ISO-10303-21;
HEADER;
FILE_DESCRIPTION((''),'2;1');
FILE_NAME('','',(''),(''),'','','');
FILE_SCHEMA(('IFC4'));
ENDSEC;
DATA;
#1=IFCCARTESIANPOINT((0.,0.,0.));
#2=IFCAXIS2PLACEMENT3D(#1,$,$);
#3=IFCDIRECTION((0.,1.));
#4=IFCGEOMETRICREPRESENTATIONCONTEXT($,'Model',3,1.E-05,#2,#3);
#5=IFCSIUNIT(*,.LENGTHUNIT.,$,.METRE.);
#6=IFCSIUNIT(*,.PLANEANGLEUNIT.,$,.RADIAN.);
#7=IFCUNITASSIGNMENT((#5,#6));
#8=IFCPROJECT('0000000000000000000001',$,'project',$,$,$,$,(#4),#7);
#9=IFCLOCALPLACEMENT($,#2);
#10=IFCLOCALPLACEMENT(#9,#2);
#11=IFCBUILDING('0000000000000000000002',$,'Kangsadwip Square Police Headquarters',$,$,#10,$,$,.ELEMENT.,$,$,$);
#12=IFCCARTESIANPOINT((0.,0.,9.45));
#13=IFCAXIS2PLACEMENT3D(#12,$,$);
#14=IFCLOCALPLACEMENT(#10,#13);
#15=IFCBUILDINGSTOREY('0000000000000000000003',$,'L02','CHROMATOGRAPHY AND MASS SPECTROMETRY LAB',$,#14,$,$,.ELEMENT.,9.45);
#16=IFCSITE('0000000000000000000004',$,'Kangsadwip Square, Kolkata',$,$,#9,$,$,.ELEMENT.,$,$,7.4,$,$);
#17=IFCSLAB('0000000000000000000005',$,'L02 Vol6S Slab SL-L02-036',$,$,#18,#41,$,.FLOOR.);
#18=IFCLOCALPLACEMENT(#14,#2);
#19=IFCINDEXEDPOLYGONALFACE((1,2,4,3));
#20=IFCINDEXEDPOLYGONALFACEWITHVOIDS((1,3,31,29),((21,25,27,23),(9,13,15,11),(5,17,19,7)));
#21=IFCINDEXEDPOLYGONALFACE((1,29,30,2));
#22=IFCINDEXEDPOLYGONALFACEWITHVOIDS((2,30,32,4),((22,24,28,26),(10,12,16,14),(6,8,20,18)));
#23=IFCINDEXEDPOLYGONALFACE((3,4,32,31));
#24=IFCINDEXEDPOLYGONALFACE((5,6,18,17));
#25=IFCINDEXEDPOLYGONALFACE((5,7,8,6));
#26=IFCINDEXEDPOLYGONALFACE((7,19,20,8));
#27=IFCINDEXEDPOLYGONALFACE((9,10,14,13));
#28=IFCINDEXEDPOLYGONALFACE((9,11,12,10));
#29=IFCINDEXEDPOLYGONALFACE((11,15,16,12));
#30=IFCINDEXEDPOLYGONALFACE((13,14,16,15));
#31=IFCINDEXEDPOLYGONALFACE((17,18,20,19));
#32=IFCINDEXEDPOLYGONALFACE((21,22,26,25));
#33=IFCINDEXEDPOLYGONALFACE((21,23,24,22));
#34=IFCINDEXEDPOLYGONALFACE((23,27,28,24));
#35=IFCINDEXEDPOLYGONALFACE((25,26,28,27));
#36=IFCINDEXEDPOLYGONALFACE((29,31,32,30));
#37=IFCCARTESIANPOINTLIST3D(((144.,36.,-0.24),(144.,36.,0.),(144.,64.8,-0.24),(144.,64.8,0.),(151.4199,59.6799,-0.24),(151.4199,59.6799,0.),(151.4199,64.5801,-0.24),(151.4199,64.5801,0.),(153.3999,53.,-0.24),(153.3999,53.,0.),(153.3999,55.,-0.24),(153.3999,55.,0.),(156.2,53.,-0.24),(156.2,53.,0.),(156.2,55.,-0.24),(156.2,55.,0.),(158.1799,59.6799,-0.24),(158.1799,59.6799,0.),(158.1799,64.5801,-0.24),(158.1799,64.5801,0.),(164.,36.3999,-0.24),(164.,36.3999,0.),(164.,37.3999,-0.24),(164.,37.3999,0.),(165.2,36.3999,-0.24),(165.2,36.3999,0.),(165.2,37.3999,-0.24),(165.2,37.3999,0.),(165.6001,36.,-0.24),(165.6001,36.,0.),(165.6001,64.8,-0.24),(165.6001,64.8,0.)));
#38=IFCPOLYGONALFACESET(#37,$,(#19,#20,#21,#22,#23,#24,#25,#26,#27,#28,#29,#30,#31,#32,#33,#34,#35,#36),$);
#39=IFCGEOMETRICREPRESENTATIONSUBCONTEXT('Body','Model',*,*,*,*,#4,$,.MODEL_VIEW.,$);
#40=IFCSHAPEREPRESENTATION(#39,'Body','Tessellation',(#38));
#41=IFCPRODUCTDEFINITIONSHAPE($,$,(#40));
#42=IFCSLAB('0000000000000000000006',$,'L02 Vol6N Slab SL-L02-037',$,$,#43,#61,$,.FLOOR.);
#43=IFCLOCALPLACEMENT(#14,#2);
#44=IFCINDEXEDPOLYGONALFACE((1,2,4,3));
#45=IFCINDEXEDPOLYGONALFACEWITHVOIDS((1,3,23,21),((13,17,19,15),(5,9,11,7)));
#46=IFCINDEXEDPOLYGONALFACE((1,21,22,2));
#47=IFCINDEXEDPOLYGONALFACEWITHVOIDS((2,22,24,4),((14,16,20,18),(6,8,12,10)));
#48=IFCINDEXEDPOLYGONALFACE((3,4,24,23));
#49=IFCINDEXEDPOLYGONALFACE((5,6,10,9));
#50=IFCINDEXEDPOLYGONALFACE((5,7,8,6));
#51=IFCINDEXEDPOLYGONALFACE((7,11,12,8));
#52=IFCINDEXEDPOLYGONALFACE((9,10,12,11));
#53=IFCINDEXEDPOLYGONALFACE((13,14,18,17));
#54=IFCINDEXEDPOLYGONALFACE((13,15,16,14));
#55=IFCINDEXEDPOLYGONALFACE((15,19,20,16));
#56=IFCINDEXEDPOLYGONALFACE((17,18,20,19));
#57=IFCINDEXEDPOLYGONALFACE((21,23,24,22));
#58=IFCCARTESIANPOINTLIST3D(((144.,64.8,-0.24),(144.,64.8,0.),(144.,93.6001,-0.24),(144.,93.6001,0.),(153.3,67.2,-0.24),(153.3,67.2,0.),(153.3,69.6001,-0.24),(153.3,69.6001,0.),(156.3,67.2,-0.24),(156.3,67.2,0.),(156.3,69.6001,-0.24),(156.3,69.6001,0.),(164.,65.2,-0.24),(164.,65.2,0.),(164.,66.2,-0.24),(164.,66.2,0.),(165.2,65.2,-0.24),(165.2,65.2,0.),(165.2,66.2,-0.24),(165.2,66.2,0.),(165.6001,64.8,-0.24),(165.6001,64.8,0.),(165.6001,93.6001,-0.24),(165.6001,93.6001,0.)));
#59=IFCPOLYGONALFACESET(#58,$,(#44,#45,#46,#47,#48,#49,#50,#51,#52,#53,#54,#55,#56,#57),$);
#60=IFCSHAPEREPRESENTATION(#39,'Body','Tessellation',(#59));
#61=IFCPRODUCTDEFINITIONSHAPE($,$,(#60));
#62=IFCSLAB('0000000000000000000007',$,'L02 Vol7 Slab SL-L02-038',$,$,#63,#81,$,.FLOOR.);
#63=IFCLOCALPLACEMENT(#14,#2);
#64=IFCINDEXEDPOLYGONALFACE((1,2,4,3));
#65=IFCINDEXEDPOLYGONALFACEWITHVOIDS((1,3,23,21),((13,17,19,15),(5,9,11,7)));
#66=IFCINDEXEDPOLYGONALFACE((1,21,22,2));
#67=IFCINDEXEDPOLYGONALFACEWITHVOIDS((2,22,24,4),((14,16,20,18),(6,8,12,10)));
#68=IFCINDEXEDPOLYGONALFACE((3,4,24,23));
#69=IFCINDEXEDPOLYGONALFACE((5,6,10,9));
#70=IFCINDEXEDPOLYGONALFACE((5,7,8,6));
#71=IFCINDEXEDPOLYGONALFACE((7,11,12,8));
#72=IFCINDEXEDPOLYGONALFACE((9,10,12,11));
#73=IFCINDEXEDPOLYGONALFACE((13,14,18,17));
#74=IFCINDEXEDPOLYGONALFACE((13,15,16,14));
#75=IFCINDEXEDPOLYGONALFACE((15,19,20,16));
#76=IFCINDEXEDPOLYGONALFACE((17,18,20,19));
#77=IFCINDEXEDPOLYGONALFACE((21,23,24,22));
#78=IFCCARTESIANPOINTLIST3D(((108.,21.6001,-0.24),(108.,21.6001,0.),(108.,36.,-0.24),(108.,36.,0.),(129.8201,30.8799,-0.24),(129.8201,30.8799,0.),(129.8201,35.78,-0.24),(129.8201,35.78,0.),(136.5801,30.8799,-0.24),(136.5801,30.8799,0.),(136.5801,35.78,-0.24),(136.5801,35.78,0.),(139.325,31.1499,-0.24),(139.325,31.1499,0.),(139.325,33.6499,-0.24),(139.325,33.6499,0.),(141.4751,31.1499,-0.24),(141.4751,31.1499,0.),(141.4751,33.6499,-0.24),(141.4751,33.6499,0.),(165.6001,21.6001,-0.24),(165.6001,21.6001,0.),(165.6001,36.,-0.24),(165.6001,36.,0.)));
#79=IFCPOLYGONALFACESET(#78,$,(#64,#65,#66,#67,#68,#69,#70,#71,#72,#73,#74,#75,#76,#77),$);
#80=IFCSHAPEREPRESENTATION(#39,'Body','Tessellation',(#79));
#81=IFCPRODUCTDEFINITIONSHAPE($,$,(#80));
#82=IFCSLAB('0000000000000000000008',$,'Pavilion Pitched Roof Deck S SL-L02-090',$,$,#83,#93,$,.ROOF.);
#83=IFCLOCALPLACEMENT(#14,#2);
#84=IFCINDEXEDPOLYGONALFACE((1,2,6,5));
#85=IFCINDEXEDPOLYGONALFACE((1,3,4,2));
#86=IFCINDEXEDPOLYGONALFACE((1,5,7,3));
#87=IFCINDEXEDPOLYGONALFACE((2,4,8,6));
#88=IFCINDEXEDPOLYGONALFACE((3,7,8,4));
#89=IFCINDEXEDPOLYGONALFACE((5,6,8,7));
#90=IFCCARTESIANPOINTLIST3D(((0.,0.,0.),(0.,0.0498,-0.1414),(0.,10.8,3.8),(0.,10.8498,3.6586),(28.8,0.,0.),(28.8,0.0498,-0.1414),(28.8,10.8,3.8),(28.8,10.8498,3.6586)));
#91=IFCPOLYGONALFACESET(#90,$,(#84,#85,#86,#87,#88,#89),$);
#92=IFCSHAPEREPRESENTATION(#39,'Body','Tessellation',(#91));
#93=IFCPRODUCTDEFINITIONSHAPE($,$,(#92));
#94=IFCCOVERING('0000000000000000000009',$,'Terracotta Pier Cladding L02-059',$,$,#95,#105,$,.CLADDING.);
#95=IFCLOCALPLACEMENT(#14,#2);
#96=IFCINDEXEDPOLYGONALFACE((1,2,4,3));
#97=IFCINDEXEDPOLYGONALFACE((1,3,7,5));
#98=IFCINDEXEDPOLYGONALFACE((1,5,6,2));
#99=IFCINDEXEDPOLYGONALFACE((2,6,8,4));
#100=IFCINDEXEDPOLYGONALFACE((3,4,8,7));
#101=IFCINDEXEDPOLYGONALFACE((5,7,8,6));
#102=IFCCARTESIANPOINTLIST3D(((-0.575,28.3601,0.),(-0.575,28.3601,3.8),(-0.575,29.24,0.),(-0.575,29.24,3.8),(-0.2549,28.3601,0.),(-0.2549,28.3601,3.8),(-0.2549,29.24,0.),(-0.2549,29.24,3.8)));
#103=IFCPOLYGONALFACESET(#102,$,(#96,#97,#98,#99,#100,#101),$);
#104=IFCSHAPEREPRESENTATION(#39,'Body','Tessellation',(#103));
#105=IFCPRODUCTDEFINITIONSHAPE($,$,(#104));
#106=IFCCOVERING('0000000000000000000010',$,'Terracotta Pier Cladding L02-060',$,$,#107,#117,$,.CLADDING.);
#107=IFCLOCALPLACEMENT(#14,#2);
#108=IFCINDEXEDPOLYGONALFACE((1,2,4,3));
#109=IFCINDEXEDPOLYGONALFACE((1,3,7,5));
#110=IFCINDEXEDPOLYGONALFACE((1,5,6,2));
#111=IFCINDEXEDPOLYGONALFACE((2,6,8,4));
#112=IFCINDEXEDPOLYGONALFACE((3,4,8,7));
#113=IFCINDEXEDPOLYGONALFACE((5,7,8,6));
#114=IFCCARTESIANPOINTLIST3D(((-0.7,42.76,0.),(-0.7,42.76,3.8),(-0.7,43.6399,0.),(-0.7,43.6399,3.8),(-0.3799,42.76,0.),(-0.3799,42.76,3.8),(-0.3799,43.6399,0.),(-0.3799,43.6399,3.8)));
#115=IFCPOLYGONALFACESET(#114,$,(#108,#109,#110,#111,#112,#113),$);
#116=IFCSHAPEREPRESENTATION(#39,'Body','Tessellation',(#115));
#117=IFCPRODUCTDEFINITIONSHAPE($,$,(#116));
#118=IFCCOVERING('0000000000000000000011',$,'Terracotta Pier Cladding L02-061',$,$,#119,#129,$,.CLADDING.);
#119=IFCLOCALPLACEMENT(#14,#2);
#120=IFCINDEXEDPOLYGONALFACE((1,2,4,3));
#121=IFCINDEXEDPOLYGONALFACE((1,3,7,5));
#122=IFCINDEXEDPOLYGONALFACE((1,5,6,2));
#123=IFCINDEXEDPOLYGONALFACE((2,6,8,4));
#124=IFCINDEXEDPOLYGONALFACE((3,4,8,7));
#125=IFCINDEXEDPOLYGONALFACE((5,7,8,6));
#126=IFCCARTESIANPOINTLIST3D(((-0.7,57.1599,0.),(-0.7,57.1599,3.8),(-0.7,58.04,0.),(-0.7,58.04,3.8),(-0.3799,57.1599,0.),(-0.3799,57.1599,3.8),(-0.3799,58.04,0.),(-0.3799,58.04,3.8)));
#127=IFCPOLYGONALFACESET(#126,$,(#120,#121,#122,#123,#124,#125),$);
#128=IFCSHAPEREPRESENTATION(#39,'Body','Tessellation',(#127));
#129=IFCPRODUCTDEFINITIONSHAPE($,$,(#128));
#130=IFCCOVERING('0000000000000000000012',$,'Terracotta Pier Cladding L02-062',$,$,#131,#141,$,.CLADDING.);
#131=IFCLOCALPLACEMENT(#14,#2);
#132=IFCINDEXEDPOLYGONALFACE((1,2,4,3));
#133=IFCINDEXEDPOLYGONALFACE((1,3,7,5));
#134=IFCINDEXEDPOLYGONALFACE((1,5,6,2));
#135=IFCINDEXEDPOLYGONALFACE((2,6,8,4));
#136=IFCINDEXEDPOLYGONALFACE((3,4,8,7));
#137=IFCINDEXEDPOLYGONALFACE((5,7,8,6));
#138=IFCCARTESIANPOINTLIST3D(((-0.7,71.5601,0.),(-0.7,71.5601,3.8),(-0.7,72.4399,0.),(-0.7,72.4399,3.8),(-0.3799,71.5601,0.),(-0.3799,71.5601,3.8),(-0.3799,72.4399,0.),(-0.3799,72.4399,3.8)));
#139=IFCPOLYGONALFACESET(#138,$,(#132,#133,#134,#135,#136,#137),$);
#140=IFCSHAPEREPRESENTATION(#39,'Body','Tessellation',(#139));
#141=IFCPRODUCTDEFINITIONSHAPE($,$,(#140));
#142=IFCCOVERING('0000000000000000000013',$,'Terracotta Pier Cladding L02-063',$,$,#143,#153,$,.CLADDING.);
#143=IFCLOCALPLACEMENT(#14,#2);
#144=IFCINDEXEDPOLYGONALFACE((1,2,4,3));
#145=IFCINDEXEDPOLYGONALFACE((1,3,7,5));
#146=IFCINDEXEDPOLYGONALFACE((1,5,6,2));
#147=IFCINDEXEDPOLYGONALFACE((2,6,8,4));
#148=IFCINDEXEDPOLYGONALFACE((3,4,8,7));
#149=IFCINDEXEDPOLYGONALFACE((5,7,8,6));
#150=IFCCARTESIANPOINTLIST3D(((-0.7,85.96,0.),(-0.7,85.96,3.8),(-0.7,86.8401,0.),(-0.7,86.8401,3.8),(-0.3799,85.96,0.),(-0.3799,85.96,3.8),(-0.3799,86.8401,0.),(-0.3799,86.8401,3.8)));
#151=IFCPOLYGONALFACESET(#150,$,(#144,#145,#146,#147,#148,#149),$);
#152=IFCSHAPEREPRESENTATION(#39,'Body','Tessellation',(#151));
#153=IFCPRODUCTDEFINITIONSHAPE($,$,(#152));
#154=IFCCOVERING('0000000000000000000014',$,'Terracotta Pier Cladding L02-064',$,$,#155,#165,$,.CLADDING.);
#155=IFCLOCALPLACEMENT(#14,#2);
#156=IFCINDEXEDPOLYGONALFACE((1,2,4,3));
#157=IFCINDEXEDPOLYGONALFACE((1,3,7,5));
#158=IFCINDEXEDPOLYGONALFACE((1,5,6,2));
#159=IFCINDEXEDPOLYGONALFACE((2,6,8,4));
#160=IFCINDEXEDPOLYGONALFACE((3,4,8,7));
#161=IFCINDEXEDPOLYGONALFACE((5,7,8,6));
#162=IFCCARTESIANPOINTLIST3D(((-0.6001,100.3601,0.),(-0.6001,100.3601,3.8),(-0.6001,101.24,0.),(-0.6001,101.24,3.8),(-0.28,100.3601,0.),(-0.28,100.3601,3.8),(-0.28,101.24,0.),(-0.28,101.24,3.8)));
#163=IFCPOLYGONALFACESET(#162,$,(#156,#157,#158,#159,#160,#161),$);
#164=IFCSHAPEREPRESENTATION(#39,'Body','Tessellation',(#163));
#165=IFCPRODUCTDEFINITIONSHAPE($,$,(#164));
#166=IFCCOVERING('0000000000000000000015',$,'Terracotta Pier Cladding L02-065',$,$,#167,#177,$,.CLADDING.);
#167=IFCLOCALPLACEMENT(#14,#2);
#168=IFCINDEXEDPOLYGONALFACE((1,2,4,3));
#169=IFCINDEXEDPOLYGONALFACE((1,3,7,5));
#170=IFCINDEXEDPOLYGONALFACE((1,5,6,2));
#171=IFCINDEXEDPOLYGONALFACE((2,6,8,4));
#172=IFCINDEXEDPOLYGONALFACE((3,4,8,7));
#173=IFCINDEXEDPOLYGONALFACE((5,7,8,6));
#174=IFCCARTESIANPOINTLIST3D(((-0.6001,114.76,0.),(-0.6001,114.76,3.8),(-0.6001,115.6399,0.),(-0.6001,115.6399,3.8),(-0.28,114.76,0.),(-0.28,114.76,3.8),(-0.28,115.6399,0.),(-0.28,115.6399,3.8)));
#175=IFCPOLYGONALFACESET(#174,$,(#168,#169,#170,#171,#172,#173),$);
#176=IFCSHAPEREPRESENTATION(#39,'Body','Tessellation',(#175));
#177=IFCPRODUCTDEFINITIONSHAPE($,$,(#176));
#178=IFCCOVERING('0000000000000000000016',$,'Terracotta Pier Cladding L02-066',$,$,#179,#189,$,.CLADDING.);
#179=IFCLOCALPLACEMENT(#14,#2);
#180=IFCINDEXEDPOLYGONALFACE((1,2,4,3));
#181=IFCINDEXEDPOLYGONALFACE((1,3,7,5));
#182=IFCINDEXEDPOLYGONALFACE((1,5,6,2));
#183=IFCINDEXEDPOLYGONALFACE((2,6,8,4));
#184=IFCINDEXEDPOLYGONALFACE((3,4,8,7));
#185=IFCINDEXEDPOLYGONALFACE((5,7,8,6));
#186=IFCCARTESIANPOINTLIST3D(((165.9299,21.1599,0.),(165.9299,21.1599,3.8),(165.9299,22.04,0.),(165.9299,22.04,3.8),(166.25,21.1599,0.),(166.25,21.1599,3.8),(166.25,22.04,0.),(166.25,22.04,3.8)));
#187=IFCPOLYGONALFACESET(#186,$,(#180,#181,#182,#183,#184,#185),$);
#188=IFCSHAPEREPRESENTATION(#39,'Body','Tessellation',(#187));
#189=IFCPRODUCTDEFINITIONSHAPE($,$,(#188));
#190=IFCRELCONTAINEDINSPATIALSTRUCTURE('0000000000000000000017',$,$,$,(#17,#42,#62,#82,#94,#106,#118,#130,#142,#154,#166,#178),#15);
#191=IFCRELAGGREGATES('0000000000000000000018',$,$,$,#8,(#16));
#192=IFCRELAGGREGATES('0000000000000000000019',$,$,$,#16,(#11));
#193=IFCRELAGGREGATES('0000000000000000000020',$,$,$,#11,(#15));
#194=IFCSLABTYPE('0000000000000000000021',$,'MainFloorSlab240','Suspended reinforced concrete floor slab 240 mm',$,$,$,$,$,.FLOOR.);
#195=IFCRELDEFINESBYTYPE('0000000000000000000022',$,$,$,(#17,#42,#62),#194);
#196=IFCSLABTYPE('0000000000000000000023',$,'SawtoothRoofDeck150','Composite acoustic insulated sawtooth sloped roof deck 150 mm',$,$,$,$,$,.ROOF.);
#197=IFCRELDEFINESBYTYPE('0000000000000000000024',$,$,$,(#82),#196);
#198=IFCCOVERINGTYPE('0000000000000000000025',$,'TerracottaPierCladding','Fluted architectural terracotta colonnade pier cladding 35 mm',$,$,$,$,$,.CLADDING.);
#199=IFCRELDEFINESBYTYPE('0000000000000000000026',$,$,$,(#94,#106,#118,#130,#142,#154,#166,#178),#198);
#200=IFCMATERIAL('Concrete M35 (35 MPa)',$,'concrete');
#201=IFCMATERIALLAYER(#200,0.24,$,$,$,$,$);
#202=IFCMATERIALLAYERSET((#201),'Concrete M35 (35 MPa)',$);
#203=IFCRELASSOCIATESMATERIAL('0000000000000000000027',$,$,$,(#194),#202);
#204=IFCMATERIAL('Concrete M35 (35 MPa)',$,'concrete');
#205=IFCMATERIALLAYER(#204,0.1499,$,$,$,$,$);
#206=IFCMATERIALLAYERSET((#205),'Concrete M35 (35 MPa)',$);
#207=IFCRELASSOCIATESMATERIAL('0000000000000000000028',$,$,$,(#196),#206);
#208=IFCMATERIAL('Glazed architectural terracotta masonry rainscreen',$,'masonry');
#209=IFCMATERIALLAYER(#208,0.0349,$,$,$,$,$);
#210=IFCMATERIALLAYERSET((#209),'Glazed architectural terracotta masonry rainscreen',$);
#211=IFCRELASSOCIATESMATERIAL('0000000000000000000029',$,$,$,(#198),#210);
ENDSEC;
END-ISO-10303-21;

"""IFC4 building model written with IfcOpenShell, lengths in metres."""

from ifc_helpers import new_model, si_unit, direction, frame, origin, place, context, subcontext, project, spatial, polyline, outline, extrude, material, layer, layer_set, type_object, element, save


model = new_model("IFC4")

# Units and contexts
model_context = context("Model", 3, precision=1e-05, world=origin(), true_north=direction((0.0, 1.0)))
body_context = subcontext(model_context, "Body", "Model", "MODEL_VIEW")
ifc_project = project(units=[si_unit("LENGTHUNIT", "METRE"), si_unit("PLANEANGLEUNIT", "RADIAN")], contexts=[model_context])

# Site, building, storey
site_placement = place(None, origin())
site = spatial("IfcSite", under=ifc_project, at=site_placement, Name="Kangsadwip Square, Kolkata", CompositionType="ELEMENT", RefElevation=7.4)
building_placement = place(site_placement, origin())
building = spatial("IfcBuilding", under=site, at=building_placement, Name="Kangsadwip Square Police Headquarters", CompositionType="ELEMENT")
storey_placement = place(building_placement, frame((0.0, 0.0, 9.45)))
storey = spatial("IfcBuildingStorey", under=building, at=storey_placement, Name="L02", Description="CHROMATOGRAPHY AND MASS SPECTROMETRY LAB", CompositionType="ELEMENT", Elevation=9.45)

# Slabs
ifc_material_1 = material(Name="Concrete M35 (35 MPa)", Category="concrete")
ifc_layer_1 = layer(ifc_material_1, 0.24)
ifc_layer_set_1 = layer_set([ifc_layer_1], Name="Concrete M35 (35 MPa)")
slab_type_1 = type_object("IfcSlabType", Name="MainFloorSlab240", Description="Suspended reinforced concrete floor slab 240 mm", PredefinedType="FLOOR", material=ifc_layer_set_1)
slab_1_placement = place(storey_placement, frame((0.0, 0.0, -0.24)))
element("IfcSlab", 1, at=slab_1_placement, inside=storey, type_object=slab_type_1, Name="L02 Vol6S Slab SL-L02-036", PredefinedType="FLOOR", context=body_context, shape_type="SweptSolid", body=[
    extrude(outline(polyline([(144.0, 36.0), (144.0, 64.8), (165.6001, 64.8), (165.6001, 36.0), (144.0, 36.0)]), holes=[polyline([(165.2, 36.3999), (165.2, 37.3999), (164.0, 37.3999), (164.0, 36.3999), (165.2, 36.3999)]), polyline([(156.2, 53.0), (156.2, 55.0), (153.3999, 55.0), (153.3999, 53.0), (156.2, 53.0)]), polyline([(158.1799, 59.6799), (158.1799, 64.5801), (151.4199, 64.5801), (151.4199, 59.6799), (158.1799, 59.6799)])]), origin(), (0.0, 0.0, 1.0), 0.24),
])
slab_2_placement = place(storey_placement, frame((0.0, 0.0, -0.24)))
element("IfcSlab", 2, at=slab_2_placement, inside=storey, type_object=slab_type_1, Name="L02 Vol6N Slab SL-L02-037", PredefinedType="FLOOR", context=body_context, shape_type="SweptSolid", body=[
    extrude(outline(polyline([(144.0, 64.8), (144.0, 93.6001), (165.6001, 93.6001), (165.6001, 64.8), (144.0, 64.8)]), holes=[polyline([(165.2, 66.2), (164.0, 66.2), (164.0, 65.2), (165.2, 65.2), (165.2, 66.2)]), polyline([(156.3, 69.6001), (153.3, 69.6001), (153.3, 67.2), (156.3, 67.2), (156.3, 69.6001)])]), origin(), (0.0, 0.0, 1.0), 0.24),
])
slab_3_placement = place(storey_placement, frame((0.0, 0.0, -0.24)))
element("IfcSlab", 3, at=slab_3_placement, inside=storey, type_object=slab_type_1, Name="L02 Vol7 Slab SL-L02-038", PredefinedType="FLOOR", context=body_context, shape_type="SweptSolid", body=[
    extrude(outline(polyline([(108.0, 21.6001), (108.0, 36.0), (165.6001, 36.0), (165.6001, 21.6001), (108.0, 21.6001)]), holes=[polyline([(141.4751, 33.6499), (139.325, 33.6499), (139.325, 31.1499), (141.4751, 31.1499), (141.4751, 33.6499)]), polyline([(136.5801, 30.8799), (136.5801, 35.78), (129.8201, 35.78), (129.8201, 30.8799), (136.5801, 30.8799)])]), origin(), (0.0, 0.0, 1.0), 0.24),
])
ifc_material_2 = material(Name="Concrete M35 (35 MPa)", Category="concrete")
ifc_layer_2 = layer(ifc_material_2, 0.1499)
ifc_layer_set_2 = layer_set([ifc_layer_2], Name="Concrete M35 (35 MPa)")
slab_type_2 = type_object("IfcSlabType", Name="SawtoothRoofDeck150", Description="Composite acoustic insulated sawtooth sloped roof deck 150 mm", PredefinedType="ROOF", material=ifc_layer_set_2)
slab_4_placement = place(storey_placement, frame((0.0, 0.0, 0.0), z_axis=(0.0, -0.331909, 0.943312), x_axis=(1.0, 0.0, 0.0)))
element("IfcSlab", 4, at=slab_4_placement, inside=storey, type_object=slab_type_2, Name="Pavilion Pitched Roof Deck S SL-L02-090", PredefinedType="ROOF", context=body_context, shape_type="SweptSolid", body=[
    extrude(outline(polyline([(0.0, 0.0), (28.8, 0.0), (28.8, 11.4491), (0.0, 11.4491), (0.0, 0.0)])), origin(), (0.0, 0.0, -1.0), 0.1499),
])

# Coverings
ifc_material_3 = material(Name="Glazed architectural terracotta masonry rainscreen", Category="masonry")
ifc_layer_3 = layer(ifc_material_3, 0.0349)
ifc_layer_set_3 = layer_set([ifc_layer_3], Name="Glazed architectural terracotta masonry rainscreen")
covering_type = type_object("IfcCoveringType", Name="TerracottaPierCladding", Description="Fluted architectural terracotta colonnade pier cladding 35 mm", PredefinedType="CLADDING", material=ifc_layer_set_3)
covering_1_placement = place(storey_placement, origin())
element("IfcCovering", 5, at=covering_1_placement, inside=storey, type_object=covering_type, Name="Terracotta Pier Cladding L02-059", PredefinedType="CLADDING", context=body_context, shape_type="SweptSolid", body=[
    extrude(outline(polyline([(-0.575, 28.3601), (-0.2549, 28.3601), (-0.2549, 29.24), (-0.575, 29.24), (-0.575, 28.3601)])), origin(), (0.0, 0.0, 1.0), 3.8),
])
covering_2_placement = place(storey_placement, origin())
element("IfcCovering", 6, at=covering_2_placement, inside=storey, type_object=covering_type, Name="Terracotta Pier Cladding L02-060", PredefinedType="CLADDING", context=body_context, shape_type="SweptSolid", body=[
    extrude(outline(polyline([(-0.7, 42.76), (-0.3799, 42.76), (-0.3799, 43.6399), (-0.7, 43.6399), (-0.7, 42.76)])), origin(), (0.0, 0.0, 1.0), 3.8),
])
covering_3_placement = place(storey_placement, origin())
element("IfcCovering", 7, at=covering_3_placement, inside=storey, type_object=covering_type, Name="Terracotta Pier Cladding L02-061", PredefinedType="CLADDING", context=body_context, shape_type="SweptSolid", body=[
    extrude(outline(polyline([(-0.7, 57.1599), (-0.3799, 57.1599), (-0.3799, 58.04), (-0.7, 58.04), (-0.7, 57.1599)])), origin(), (0.0, 0.0, 1.0), 3.8),
])
covering_4_placement = place(storey_placement, origin())
element("IfcCovering", 8, at=covering_4_placement, inside=storey, type_object=covering_type, Name="Terracotta Pier Cladding L02-062", PredefinedType="CLADDING", context=body_context, shape_type="SweptSolid", body=[
    extrude(outline(polyline([(-0.7, 71.5601), (-0.3799, 71.5601), (-0.3799, 72.4399), (-0.7, 72.4399), (-0.7, 71.5601)])), origin(), (0.0, 0.0, 1.0), 3.8),
])
covering_5_placement = place(storey_placement, origin())
element("IfcCovering", 9, at=covering_5_placement, inside=storey, type_object=covering_type, Name="Terracotta Pier Cladding L02-063", PredefinedType="CLADDING", context=body_context, shape_type="SweptSolid", body=[
    extrude(outline(polyline([(-0.7, 85.96), (-0.3799, 85.96), (-0.3799, 86.8401), (-0.7, 86.8401), (-0.7, 85.96)])), origin(), (0.0, 0.0, 1.0), 3.8),
])
covering_6_placement = place(storey_placement, origin())
element("IfcCovering", 10, at=covering_6_placement, inside=storey, type_object=covering_type, Name="Terracotta Pier Cladding L02-064", PredefinedType="CLADDING", context=body_context, shape_type="SweptSolid", body=[
    extrude(outline(polyline([(-0.6001, 100.3601), (-0.28, 100.3601), (-0.28, 101.24), (-0.6001, 101.24), (-0.6001, 100.3601)])), origin(), (0.0, 0.0, 1.0), 3.8),
])
covering_7_placement = place(storey_placement, origin())
element("IfcCovering", 11, at=covering_7_placement, inside=storey, type_object=covering_type, Name="Terracotta Pier Cladding L02-065", PredefinedType="CLADDING", context=body_context, shape_type="SweptSolid", body=[
    extrude(outline(polyline([(-0.6001, 114.76), (-0.28, 114.76), (-0.28, 115.6399), (-0.6001, 115.6399), (-0.6001, 114.76)])), origin(), (0.0, 0.0, 1.0), 3.8),
])
covering_8_placement = place(storey_placement, origin())
element("IfcCovering", 12, at=covering_8_placement, inside=storey, type_object=covering_type, Name="Terracotta Pier Cladding L02-066", PredefinedType="CLADDING", context=body_context, shape_type="SweptSolid", body=[
    extrude(outline(polyline([(165.9299, 21.1599), (166.25, 21.1599), (166.25, 22.04), (165.9299, 22.04), (165.9299, 21.1599)])), origin(), (0.0, 0.0, 1.0), 3.8),
])

save(model, "model.ifc")
